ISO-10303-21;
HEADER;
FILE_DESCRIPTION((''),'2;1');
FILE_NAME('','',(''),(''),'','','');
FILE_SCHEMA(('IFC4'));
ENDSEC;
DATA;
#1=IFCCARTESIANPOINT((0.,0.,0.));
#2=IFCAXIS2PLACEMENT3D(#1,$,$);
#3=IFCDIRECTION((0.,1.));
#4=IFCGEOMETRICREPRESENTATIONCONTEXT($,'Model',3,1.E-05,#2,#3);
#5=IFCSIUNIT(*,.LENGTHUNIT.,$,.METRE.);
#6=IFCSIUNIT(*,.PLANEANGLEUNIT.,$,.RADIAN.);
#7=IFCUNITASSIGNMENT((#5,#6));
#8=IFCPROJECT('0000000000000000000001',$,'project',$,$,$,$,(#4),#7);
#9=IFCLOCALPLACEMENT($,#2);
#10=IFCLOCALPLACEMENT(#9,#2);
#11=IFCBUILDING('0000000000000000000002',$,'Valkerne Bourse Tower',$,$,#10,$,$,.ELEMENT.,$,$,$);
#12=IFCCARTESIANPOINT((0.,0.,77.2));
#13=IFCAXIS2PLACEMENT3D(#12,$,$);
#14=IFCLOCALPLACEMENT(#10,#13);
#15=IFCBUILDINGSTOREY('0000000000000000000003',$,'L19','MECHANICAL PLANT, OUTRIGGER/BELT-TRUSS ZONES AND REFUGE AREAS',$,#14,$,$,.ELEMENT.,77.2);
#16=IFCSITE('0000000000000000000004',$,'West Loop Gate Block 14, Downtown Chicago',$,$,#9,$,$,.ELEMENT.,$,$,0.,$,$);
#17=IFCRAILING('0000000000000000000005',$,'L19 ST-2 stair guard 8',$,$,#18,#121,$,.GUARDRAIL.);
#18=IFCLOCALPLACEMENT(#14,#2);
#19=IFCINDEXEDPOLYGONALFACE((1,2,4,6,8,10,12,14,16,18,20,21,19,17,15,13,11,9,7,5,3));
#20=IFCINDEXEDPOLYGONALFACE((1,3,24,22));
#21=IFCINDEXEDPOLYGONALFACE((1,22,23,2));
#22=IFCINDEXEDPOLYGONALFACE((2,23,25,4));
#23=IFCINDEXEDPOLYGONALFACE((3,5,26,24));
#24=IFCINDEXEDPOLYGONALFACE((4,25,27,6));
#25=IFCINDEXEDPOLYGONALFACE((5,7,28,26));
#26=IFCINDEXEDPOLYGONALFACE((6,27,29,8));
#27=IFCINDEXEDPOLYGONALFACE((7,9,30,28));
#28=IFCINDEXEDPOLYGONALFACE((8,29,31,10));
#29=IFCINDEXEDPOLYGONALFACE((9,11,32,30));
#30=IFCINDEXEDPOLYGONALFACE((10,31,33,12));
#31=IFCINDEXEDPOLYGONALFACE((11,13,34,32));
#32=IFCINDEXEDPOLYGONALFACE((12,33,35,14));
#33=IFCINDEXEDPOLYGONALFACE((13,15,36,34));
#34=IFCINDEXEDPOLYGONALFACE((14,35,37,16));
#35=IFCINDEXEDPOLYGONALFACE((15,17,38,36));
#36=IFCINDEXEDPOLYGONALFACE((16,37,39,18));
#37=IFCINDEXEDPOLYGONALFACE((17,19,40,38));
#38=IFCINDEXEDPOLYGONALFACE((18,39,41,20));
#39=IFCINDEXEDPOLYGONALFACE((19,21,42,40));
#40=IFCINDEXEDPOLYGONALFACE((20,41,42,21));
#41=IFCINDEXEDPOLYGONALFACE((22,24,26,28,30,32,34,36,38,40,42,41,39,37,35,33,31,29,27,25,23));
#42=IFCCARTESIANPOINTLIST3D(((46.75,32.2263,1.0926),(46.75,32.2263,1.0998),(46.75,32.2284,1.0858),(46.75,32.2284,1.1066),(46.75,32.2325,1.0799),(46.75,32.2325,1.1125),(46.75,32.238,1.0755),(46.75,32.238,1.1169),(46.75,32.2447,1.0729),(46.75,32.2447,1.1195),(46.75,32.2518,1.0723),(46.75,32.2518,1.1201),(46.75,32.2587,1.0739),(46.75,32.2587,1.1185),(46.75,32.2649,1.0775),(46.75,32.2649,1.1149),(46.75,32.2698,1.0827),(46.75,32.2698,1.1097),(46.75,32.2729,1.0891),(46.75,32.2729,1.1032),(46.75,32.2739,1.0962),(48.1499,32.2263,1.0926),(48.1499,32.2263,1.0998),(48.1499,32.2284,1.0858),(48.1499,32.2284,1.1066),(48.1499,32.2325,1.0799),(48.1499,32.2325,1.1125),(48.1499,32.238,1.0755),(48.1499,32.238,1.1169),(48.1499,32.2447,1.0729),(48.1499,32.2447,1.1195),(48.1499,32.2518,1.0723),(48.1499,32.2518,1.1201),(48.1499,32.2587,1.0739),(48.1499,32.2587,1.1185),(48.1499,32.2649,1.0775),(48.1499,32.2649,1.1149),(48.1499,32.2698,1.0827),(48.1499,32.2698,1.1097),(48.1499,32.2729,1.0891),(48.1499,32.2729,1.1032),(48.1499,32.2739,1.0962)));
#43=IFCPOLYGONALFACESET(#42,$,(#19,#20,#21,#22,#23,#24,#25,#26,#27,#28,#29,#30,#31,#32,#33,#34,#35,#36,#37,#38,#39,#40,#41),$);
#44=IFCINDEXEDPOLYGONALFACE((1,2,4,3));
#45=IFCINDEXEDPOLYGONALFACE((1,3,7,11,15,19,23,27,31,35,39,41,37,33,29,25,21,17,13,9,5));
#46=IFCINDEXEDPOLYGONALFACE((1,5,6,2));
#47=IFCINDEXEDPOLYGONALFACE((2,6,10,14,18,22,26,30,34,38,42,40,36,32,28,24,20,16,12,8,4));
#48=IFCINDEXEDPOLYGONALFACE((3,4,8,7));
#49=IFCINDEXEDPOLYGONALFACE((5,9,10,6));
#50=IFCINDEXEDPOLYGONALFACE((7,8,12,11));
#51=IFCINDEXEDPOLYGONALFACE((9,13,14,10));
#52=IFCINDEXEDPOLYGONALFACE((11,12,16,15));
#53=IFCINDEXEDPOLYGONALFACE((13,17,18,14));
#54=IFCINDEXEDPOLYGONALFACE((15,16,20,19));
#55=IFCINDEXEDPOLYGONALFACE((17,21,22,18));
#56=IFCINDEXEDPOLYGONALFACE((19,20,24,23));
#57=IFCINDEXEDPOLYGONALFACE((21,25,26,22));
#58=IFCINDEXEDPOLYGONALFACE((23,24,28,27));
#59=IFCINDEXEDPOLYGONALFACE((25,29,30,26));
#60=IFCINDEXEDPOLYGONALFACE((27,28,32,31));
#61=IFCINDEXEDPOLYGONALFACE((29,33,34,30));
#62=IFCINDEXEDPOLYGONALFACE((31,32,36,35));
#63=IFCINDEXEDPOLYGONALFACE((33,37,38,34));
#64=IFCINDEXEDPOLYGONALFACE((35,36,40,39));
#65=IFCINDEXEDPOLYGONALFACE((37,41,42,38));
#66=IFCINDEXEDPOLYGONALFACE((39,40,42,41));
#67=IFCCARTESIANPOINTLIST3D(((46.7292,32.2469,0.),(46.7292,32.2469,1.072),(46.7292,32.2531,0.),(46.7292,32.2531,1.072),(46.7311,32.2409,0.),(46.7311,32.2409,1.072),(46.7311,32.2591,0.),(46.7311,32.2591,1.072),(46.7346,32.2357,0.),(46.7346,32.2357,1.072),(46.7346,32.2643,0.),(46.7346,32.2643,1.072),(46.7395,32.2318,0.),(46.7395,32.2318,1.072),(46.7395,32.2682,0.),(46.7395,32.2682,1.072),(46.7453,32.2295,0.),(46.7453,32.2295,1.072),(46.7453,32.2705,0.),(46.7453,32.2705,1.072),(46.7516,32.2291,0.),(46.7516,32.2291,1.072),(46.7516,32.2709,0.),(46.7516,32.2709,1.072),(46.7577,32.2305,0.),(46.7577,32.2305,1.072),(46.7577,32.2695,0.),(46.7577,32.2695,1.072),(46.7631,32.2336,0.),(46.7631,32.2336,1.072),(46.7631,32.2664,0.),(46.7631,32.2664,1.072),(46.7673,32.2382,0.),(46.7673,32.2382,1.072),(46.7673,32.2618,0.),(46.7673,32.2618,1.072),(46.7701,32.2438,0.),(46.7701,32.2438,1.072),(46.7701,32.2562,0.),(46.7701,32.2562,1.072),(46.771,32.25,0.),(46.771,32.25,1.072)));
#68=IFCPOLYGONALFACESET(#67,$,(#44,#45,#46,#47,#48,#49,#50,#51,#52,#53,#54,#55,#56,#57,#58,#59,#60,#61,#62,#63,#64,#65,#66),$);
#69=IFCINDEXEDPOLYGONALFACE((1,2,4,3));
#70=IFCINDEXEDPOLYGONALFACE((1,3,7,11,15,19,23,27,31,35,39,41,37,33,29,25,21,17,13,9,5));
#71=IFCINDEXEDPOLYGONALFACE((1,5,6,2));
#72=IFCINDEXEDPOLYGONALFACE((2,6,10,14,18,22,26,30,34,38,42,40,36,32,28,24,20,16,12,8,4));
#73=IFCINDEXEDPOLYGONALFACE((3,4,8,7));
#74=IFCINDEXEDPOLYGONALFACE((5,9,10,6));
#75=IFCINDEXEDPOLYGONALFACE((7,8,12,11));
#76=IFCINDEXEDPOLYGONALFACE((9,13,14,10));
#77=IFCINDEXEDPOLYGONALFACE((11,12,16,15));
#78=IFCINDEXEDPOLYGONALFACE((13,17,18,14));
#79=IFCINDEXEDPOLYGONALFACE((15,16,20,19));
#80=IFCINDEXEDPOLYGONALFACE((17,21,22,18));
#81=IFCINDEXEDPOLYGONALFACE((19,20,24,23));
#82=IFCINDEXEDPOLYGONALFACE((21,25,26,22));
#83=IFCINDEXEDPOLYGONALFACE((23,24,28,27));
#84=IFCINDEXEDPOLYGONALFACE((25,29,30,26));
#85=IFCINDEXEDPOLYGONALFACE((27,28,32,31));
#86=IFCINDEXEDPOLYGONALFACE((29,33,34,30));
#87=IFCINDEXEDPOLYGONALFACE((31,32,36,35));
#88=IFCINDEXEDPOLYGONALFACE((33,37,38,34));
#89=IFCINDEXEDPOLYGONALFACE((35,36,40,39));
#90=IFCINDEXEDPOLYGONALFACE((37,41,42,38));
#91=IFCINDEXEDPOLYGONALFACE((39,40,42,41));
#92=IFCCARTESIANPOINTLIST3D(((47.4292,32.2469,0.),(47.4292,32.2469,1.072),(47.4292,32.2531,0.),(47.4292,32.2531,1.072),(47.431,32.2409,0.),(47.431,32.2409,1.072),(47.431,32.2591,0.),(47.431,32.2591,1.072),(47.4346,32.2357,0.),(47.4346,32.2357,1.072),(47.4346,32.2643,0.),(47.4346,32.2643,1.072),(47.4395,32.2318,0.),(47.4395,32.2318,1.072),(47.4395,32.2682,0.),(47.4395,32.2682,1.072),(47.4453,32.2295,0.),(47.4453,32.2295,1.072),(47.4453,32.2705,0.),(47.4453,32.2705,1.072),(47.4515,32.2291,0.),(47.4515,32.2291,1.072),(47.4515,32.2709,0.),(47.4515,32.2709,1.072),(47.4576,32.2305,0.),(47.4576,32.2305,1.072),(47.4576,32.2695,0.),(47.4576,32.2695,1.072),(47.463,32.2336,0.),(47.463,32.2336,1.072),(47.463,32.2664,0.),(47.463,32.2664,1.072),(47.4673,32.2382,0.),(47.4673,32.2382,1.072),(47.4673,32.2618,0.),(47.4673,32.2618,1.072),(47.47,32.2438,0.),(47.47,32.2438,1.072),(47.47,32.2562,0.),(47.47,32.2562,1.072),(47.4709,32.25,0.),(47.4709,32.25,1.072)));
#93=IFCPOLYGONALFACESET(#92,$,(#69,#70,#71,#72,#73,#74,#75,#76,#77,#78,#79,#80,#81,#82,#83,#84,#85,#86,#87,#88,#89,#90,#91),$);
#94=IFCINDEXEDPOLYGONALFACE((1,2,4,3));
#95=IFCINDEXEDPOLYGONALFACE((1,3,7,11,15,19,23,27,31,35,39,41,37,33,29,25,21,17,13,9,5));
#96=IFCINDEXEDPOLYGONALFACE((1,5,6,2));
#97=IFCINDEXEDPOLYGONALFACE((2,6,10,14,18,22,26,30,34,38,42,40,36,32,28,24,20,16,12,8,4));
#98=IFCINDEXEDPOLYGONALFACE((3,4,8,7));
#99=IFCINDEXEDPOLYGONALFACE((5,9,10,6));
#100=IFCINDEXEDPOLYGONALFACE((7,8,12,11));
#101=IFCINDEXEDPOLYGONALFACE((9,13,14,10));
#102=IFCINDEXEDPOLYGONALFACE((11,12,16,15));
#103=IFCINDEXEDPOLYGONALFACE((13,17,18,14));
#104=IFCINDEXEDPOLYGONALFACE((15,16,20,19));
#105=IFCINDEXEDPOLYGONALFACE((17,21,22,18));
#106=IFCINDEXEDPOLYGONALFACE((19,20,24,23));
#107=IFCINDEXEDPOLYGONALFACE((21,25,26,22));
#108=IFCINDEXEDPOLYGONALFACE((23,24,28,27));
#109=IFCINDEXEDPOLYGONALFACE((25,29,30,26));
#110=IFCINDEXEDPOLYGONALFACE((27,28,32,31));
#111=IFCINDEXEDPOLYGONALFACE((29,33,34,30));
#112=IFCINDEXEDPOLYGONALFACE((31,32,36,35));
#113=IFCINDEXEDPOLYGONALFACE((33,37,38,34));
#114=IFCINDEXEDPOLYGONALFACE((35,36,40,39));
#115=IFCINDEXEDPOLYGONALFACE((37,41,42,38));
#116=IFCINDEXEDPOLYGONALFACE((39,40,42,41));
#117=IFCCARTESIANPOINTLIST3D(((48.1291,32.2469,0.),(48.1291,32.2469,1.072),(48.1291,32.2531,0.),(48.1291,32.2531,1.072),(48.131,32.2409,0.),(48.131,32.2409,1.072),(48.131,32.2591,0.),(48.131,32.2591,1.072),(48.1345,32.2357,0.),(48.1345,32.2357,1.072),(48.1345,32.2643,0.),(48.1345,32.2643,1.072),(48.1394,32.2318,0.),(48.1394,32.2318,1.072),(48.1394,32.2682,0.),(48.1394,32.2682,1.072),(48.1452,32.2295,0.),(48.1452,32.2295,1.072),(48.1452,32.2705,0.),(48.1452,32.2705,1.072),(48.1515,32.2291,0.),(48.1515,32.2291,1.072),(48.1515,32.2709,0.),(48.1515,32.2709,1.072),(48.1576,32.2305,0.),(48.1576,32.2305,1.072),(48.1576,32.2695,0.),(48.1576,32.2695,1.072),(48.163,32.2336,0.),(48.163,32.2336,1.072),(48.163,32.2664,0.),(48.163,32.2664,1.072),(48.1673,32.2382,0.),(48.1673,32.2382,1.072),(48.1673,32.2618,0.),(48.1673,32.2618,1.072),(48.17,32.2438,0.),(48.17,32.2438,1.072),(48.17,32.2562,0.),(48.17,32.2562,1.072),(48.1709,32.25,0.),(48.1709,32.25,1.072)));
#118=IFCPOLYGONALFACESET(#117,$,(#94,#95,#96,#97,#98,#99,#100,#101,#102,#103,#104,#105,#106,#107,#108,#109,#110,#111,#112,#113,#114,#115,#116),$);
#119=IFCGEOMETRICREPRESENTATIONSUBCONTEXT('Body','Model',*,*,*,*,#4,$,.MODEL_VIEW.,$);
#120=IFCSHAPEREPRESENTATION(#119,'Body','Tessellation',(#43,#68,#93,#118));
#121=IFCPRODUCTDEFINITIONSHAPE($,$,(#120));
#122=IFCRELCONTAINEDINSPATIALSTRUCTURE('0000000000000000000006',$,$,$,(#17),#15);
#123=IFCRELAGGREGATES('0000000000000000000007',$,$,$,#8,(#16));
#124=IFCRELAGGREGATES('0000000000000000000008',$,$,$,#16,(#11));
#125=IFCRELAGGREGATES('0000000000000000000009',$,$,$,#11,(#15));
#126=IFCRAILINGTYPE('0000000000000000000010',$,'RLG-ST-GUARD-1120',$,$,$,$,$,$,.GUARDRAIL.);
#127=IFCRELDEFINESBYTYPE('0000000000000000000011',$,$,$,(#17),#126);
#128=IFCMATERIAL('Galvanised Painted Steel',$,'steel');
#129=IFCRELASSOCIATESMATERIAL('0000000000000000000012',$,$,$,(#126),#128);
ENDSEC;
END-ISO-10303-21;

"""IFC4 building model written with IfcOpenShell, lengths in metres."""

from ifc_helpers import new_model, si_unit, direction, frame, origin, origin_2d, place, context, subcontext, project, spatial, circle, extrude, material, type_object, element, save


model = new_model("IFC4")

# Units and contexts
model_context = context("Model", 3, precision=1e-05, world=origin(), true_north=direction((0.0, 1.0)))
body_context = subcontext(model_context, "Body", "Model", "MODEL_VIEW")
ifc_project = project(units=[si_unit("LENGTHUNIT", "METRE"), si_unit("PLANEANGLEUNIT", "RADIAN")], contexts=[model_context])

# Site, building, storey
site_placement = place(None, origin())
site = spatial("IfcSite", under=ifc_project, at=site_placement, Name="West Loop Gate Block 14, Downtown Chicago", CompositionType="ELEMENT", RefElevation=0.0)
building_placement = place(site_placement, origin())
building = spatial("IfcBuilding", under=site, at=building_placement, Name="Valkerne Bourse Tower", CompositionType="ELEMENT")
storey_placement = place(building_placement, frame((0.0, 0.0, 77.2)))
storey = spatial("IfcBuildingStorey", under=building, at=storey_placement, Name="L19", Description="MECHANICAL PLANT, OUTRIGGER/BELT-TRUSS ZONES AND REFUGE AREAS", CompositionType="ELEMENT", Elevation=77.2)

# Shared definitions
ifc_material_1 = material(Name="Galvanised Painted Steel", Category="steel")

# Railing
railing_type_1 = type_object("IfcRailingType", Name="RLG-ST-GUARD-1120", PredefinedType="GUARDRAIL", material=ifc_material_1)
railing_1_placement = place(storey_placement, frame((46.75, 32.25, 0.0)))
element("IfcRailing", 1, at=railing_1_placement, inside=storey, type_object=railing_type_1, Name="L19 ST-2 stair guard 8", PredefinedType="GUARDRAIL", context=body_context, shape_type="SweptSolid", body=[
    extrude(circle(Radius=0.0239, at=origin_2d()), frame((0.0, 0.0, 1.0962), z_axis=(1.0, 0.0, 0.0), x_axis=(0.0, 1.0, 0.0)), (0.0, 0.0, 1.0), 1.3999),
    extrude(circle(Radius=0.021, at=origin_2d()), origin(), (0.0, 0.0, 1.0), 1.072),
    extrude(circle(Radius=0.021, at=origin_2d()), frame((0.7, 0.0, 0.0)), (0.0, 0.0, 1.0), 1.072),
    extrude(circle(Radius=0.021, at=origin_2d()), frame((1.3999, 0.0, 0.0)), (0.0, 0.0, 1.0), 1.072),
])

save(model, "model.ifc")
